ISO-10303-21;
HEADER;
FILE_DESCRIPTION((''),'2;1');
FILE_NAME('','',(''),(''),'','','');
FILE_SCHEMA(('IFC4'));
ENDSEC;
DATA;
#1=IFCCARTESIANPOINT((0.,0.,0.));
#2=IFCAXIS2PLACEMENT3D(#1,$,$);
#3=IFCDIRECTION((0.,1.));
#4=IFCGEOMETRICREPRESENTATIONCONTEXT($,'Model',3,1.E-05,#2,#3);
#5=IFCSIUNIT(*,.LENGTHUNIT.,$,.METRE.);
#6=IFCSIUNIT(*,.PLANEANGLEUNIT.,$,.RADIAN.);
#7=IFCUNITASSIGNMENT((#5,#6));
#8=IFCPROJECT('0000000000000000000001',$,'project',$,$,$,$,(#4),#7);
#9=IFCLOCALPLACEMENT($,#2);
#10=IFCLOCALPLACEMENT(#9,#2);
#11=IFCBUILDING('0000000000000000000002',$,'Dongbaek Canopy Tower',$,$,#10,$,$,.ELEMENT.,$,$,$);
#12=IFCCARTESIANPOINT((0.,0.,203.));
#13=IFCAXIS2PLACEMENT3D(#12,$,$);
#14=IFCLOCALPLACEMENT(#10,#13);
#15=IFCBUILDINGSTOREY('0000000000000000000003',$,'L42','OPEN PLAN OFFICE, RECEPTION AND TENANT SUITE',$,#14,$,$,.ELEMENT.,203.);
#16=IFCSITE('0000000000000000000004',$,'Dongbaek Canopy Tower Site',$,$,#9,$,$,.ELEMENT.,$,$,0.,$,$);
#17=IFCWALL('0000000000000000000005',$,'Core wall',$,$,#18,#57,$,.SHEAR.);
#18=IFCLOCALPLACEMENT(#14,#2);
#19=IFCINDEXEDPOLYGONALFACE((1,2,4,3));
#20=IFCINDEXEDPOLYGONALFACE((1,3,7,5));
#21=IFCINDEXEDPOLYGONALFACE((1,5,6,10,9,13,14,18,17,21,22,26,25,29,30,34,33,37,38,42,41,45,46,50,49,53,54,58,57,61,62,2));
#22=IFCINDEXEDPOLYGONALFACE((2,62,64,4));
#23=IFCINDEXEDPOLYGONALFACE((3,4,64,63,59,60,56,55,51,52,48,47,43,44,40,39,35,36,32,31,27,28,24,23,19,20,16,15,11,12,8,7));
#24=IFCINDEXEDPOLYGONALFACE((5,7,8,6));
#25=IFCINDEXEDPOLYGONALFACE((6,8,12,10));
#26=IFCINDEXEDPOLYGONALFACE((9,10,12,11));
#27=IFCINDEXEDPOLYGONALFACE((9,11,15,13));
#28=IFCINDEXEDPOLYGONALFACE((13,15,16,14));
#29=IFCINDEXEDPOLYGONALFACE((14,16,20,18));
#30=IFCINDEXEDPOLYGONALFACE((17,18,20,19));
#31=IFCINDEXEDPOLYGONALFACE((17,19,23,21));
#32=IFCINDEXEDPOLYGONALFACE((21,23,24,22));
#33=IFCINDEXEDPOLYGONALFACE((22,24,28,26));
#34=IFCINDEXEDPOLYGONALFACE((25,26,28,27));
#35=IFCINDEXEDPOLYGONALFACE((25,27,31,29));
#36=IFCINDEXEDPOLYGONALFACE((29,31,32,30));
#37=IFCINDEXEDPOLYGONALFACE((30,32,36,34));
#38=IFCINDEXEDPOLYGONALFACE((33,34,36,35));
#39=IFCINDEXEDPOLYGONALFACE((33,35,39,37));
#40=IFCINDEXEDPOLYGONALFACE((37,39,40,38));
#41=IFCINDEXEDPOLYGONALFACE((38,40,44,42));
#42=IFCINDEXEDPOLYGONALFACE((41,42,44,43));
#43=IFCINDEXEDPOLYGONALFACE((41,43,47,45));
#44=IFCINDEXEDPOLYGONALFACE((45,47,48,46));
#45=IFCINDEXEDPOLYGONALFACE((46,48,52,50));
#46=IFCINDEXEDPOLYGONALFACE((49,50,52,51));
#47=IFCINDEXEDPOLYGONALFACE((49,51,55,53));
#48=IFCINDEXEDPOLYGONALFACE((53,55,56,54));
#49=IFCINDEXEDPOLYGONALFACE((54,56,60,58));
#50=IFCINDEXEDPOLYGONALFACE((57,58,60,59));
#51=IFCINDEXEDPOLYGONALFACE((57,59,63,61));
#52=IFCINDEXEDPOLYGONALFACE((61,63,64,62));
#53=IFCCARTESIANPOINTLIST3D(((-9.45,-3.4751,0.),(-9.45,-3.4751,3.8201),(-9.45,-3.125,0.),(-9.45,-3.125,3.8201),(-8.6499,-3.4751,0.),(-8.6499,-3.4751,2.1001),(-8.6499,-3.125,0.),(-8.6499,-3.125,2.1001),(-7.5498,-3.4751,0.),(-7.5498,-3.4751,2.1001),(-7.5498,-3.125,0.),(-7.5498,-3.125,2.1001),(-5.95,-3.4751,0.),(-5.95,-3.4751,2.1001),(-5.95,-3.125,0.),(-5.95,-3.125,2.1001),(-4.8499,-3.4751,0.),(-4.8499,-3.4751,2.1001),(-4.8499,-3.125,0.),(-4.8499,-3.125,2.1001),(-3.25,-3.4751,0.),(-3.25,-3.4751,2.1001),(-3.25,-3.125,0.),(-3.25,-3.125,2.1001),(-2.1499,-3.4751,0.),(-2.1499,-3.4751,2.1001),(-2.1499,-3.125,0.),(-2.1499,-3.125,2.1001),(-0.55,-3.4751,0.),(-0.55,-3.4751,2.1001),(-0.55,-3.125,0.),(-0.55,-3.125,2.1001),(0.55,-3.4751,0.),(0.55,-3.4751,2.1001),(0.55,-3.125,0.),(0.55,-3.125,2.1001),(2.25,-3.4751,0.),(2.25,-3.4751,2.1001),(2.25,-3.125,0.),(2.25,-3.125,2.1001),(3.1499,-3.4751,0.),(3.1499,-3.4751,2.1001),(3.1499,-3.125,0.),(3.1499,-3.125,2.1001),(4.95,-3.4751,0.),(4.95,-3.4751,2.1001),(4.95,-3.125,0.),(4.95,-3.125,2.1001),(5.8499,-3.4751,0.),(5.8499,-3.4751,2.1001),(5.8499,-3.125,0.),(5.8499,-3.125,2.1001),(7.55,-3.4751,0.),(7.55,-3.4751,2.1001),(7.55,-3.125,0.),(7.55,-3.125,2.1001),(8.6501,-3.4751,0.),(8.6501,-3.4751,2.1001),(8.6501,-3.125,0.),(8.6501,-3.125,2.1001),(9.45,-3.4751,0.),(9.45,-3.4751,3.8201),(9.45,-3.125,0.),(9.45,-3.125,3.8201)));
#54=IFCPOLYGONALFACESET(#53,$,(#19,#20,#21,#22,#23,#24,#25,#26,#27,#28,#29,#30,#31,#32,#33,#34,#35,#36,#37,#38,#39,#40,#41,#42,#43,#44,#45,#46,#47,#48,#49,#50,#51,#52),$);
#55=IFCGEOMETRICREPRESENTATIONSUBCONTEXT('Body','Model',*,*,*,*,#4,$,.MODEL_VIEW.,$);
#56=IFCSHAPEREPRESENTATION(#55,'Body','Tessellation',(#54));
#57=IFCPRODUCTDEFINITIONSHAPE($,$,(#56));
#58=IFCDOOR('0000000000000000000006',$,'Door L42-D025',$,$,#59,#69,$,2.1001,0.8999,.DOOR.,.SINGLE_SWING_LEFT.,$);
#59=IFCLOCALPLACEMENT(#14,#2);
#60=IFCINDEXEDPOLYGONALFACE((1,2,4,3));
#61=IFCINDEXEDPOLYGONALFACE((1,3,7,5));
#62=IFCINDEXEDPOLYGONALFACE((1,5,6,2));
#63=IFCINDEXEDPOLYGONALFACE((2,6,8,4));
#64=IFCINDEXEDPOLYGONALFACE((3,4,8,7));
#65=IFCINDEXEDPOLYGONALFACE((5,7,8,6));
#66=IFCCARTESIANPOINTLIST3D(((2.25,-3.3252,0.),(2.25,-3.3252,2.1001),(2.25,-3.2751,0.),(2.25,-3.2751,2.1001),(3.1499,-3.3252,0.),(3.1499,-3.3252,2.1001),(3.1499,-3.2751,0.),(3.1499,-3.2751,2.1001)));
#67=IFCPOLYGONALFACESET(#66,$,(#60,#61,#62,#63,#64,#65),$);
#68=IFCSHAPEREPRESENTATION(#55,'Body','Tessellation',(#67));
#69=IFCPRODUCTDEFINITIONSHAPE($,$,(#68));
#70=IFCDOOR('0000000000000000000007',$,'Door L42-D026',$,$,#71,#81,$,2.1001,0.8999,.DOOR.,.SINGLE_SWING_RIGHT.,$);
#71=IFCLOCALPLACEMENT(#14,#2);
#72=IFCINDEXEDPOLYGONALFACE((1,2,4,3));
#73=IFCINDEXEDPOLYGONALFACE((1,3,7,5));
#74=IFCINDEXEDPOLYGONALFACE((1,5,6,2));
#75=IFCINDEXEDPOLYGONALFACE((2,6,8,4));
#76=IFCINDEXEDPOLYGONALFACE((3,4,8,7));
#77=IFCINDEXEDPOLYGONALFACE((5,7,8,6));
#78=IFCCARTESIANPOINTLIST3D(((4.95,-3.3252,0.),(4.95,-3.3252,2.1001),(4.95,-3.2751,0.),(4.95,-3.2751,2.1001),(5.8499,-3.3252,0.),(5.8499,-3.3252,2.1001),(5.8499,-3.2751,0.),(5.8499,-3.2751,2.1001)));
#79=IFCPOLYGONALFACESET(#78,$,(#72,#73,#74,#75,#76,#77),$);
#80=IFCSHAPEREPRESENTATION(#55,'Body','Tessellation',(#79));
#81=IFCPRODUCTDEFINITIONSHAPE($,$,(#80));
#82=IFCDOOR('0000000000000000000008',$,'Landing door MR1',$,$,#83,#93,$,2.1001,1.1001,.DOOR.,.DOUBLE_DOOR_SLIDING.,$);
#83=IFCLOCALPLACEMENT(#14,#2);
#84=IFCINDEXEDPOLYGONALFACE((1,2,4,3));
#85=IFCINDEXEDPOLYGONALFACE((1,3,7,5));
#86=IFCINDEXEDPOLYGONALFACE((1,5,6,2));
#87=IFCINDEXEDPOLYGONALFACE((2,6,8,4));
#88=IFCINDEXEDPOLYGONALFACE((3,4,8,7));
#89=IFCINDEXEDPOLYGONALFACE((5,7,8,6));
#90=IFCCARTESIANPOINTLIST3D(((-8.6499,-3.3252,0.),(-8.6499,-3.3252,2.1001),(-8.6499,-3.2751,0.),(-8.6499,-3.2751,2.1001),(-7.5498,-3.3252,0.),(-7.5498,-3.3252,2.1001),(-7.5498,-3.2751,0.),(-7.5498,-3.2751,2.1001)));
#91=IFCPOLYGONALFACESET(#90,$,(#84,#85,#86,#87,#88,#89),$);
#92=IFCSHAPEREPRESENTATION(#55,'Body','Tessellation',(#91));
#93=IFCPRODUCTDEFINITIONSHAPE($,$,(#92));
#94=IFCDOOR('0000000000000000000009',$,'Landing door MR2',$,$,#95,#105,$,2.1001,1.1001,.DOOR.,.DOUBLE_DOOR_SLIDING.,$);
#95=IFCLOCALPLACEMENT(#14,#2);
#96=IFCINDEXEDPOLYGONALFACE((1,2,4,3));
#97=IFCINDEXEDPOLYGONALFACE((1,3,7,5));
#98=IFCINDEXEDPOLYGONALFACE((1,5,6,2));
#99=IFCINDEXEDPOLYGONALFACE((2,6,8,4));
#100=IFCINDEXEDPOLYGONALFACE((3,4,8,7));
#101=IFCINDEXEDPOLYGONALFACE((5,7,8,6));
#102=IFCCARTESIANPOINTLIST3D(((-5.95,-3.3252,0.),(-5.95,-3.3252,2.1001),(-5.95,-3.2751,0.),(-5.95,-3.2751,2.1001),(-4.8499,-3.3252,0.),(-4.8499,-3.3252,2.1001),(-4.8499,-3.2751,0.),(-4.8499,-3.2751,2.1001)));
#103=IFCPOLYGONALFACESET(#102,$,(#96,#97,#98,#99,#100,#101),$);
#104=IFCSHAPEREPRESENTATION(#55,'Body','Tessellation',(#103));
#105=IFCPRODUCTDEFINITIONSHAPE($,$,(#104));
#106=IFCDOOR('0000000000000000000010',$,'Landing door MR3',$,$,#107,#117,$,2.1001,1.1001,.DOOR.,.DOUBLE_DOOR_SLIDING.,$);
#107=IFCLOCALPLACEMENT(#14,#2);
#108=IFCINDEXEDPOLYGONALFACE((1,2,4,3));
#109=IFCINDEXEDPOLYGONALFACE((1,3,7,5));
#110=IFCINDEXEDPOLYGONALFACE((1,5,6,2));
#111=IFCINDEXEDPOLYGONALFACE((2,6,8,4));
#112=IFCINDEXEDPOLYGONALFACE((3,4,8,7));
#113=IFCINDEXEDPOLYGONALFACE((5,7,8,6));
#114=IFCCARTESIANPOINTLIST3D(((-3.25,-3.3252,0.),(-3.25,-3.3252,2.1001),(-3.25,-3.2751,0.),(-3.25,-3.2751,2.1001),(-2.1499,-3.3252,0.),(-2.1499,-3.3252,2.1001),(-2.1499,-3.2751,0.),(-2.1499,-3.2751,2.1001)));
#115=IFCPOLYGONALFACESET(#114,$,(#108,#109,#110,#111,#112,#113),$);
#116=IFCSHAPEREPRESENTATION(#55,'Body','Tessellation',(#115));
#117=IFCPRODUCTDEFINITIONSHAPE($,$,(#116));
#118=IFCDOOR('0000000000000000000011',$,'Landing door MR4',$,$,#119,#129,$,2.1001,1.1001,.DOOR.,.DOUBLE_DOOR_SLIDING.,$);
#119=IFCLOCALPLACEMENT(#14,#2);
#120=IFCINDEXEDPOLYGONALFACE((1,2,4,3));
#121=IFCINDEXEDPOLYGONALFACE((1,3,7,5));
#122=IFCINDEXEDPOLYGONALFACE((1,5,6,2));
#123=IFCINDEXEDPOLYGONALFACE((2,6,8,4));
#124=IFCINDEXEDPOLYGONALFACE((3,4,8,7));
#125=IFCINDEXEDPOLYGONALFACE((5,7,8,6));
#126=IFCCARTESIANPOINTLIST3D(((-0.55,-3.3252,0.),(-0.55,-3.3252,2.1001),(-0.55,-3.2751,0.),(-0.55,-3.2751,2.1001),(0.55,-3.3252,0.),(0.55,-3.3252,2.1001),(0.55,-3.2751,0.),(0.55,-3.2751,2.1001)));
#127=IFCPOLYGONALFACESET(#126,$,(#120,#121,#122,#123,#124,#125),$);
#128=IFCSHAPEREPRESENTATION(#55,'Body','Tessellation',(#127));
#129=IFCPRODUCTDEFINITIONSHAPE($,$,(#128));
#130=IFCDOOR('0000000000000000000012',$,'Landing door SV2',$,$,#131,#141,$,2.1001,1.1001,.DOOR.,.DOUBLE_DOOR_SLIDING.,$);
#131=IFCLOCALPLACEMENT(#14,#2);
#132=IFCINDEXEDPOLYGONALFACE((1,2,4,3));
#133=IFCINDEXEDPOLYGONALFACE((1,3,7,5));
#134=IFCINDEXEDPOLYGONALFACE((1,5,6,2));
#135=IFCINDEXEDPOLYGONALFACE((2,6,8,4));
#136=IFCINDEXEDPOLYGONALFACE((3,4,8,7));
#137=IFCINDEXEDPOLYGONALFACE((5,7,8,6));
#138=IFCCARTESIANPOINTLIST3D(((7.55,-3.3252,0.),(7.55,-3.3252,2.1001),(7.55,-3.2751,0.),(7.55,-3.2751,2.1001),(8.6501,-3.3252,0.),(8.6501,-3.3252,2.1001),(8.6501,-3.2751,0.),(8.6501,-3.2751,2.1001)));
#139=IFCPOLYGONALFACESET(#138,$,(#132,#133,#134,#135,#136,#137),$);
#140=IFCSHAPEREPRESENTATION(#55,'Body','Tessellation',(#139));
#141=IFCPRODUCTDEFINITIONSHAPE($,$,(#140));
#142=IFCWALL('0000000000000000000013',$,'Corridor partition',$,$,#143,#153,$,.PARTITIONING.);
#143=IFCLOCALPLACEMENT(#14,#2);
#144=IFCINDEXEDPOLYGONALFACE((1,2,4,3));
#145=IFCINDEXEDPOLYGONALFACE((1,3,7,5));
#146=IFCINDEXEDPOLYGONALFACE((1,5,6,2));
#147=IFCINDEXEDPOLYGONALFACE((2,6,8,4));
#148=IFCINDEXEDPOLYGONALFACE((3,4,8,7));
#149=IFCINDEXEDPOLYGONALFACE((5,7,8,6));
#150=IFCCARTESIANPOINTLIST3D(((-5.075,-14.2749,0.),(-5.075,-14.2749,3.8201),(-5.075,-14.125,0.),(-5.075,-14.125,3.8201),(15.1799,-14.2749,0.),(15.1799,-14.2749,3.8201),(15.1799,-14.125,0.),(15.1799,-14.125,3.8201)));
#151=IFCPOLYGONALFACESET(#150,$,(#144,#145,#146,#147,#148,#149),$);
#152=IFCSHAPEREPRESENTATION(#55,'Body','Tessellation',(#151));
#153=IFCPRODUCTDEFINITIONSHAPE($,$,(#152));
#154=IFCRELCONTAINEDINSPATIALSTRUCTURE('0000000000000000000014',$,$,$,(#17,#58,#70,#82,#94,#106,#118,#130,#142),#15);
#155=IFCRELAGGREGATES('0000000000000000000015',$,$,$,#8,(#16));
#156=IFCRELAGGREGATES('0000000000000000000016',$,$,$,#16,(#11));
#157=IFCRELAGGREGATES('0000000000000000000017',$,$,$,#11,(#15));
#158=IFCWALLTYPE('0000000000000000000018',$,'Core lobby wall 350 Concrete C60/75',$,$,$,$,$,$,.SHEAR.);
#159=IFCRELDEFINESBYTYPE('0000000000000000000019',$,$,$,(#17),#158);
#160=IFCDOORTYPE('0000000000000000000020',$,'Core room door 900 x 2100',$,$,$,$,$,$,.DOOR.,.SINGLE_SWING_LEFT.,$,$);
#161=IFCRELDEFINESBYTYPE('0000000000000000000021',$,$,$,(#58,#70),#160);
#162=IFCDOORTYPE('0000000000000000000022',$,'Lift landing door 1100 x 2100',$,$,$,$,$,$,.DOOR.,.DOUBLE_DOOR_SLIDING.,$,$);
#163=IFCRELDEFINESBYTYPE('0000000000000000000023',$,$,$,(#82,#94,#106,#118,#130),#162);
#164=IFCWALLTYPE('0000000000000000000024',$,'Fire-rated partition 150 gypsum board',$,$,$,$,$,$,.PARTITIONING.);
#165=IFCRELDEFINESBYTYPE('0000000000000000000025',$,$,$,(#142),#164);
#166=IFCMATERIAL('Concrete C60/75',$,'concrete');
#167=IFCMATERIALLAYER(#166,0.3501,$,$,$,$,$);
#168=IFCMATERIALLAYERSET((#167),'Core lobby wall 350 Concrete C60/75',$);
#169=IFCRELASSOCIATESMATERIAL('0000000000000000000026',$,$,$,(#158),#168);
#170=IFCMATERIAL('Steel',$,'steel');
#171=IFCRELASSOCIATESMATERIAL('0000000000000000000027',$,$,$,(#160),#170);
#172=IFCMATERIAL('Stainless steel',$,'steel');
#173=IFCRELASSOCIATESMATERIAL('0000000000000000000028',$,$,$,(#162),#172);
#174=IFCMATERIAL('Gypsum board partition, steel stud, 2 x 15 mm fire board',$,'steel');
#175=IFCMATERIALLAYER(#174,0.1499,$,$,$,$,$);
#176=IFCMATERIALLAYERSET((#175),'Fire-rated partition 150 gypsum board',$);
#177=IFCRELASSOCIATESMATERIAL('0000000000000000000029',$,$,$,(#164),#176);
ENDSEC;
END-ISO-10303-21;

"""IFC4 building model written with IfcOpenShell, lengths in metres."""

from ifc_helpers import new_model, si_unit, direction, frame, frame_2d, origin, place, context, subcontext, project, spatial, rectangle, extrude, material, layer, layer_set, type_object, element, fill, save


model = new_model("IFC4")

# Units and contexts
model_context = context("Model", 3, precision=1e-05, world=origin(), true_north=direction((0.0, 1.0)))
body_context = subcontext(model_context, "Body", "Model", "MODEL_VIEW")
ifc_project = project(units=[si_unit("LENGTHUNIT", "METRE"), si_unit("PLANEANGLEUNIT", "RADIAN")], contexts=[model_context])

# Site, building, storey
site_placement = place(None, origin())
site = spatial("IfcSite", under=ifc_project, at=site_placement, Name="Dongbaek Canopy Tower Site", CompositionType="ELEMENT", RefElevation=0.0)
building_placement = place(site_placement, origin())
building = spatial("IfcBuilding", under=site, at=building_placement, Name="Dongbaek Canopy Tower", CompositionType="ELEMENT")
storey_placement = place(building_placement, frame((0.0, 0.0, 203.0)))
storey = spatial("IfcBuildingStorey", under=building, at=storey_placement, Name="L42", Description="OPEN PLAN OFFICE, RECEPTION AND TENANT SUITE", CompositionType="ELEMENT", Elevation=203.0)

# Wall, openings, doors
ifc_material_1 = material(Name="Concrete C60/75", Category="concrete")
ifc_layer_1 = layer(ifc_material_1, 0.3501)
ifc_layer_set_1 = layer_set([ifc_layer_1], Name="Core lobby wall 350 Concrete C60/75")
wall_type_1 = type_object("IfcWallType", Name="Core lobby wall 350 Concrete C60/75", PredefinedType="SHEAR", material=ifc_layer_set_1)
wall_1_placement = place(storey_placement, frame((-9.45, -3.3, 0.0), z_axis=(0.0, 0.0, 1.0), x_axis=(1.0, 0.0, 0.0)))
wall_1 = element("IfcWall", 1, at=wall_1_placement, inside=storey, type_object=wall_type_1, Name="Core wall", PredefinedType="SHEAR", context=body_context, shape_type="SweptSolid", body=[
    extrude(rectangle(XDim=18.8999, YDim=0.3501, at=frame_2d((9.45, 0.0))), origin(), (0.0, 0.0, 1.0), 3.8201),
])
opening_1_placement = place(wall_1_placement, frame((0.8, 0.0, 0.0)))
opening_1 = element("IfcOpeningElement", 2, at=opening_1_placement, cuts=wall_1, PredefinedType="OPENING", context=body_context, shape_type="SweptSolid", body=[
    extrude(rectangle(XDim=1.1001, YDim=2.1001, at=frame_2d((0.55, 1.05))), frame((0.0, 0.1851, 0.0), z_axis=(0.0, -1.0, 0.0), x_axis=(1.0, 0.0, 0.0)), (0.0, 0.0, 1.0), 0.3701),
])
opening_2_placement = place(wall_1_placement, frame((3.5, 0.0, 0.0)))
opening_2 = element("IfcOpeningElement", 3, at=opening_2_placement, cuts=wall_1, PredefinedType="OPENING", context=body_context, shape_type="SweptSolid", body=[
    extrude(rectangle(XDim=1.1001, YDim=2.1001, at=frame_2d((0.55, 1.05))), frame((0.0, 0.1851, 0.0), z_axis=(0.0, -1.0, 0.0), x_axis=(1.0, 0.0, 0.0)), (0.0, 0.0, 1.0), 0.3701),
])
opening_3_placement = place(wall_1_placement, frame((6.2, 0.0, 0.0)))
opening_3 = element("IfcOpeningElement", 4, at=opening_3_placement, cuts=wall_1, PredefinedType="OPENING", context=body_context, shape_type="SweptSolid", body=[
    extrude(rectangle(XDim=1.1001, YDim=2.1001, at=frame_2d((0.55, 1.05))), frame((0.0, 0.1851, 0.0), z_axis=(0.0, -1.0, 0.0), x_axis=(1.0, 0.0, 0.0)), (0.0, 0.0, 1.0), 0.3701),
])
opening_4_placement = place(wall_1_placement, frame((8.8999, 0.0, 0.0)))
opening_4 = element("IfcOpeningElement", 5, at=opening_4_placement, cuts=wall_1, PredefinedType="OPENING", context=body_context, shape_type="SweptSolid", body=[
    extrude(rectangle(XDim=1.1001, YDim=2.1001, at=frame_2d((0.55, 1.05))), frame((0.0, 0.1851, 0.0), z_axis=(0.0, -1.0, 0.0), x_axis=(1.0, 0.0, 0.0)), (0.0, 0.0, 1.0), 0.3701),
])
opening_5_placement = place(wall_1_placement, frame((17.0, 0.0, 0.0)))
opening_5 = element("IfcOpeningElement", 6, at=opening_5_placement, cuts=wall_1, PredefinedType="OPENING", context=body_context, shape_type="SweptSolid", body=[
    extrude(rectangle(XDim=1.1001, YDim=2.1001, at=frame_2d((0.55, 1.05))), frame((0.0, 0.1851, 0.0), z_axis=(0.0, -1.0, 0.0), x_axis=(1.0, 0.0, 0.0)), (0.0, 0.0, 1.0), 0.3701),
])
opening_6_placement = place(wall_1_placement, frame((11.7, 0.0, 0.0)))
opening_6 = element("IfcOpeningElement", 7, at=opening_6_placement, cuts=wall_1, PredefinedType="OPENING", context=body_context, shape_type="SweptSolid", body=[
    extrude(rectangle(XDim=0.8999, YDim=2.1001, at=frame_2d((0.45, 1.05))), frame((0.0, 0.1851, 0.0), z_axis=(0.0, -1.0, 0.0), x_axis=(1.0, 0.0, 0.0)), (0.0, 0.0, 1.0), 0.3701),
])
opening_7_placement = place(wall_1_placement, frame((14.3999, 0.0, 0.0)))
opening_7 = element("IfcOpeningElement", 8, at=opening_7_placement, cuts=wall_1, PredefinedType="OPENING", context=body_context, shape_type="SweptSolid", body=[
    extrude(rectangle(XDim=0.8999, YDim=2.1001, at=frame_2d((0.45, 1.05))), frame((0.0, 0.1851, 0.0), z_axis=(0.0, -1.0, 0.0), x_axis=(1.0, 0.0, 0.0)), (0.0, 0.0, 1.0), 0.3701),
])
ifc_material_2 = material(Name="Steel", Category="steel")
door_type_1 = type_object("IfcDoorType", Name="Core room door 900 x 2100", OperationType="SINGLE_SWING_LEFT", PredefinedType="DOOR", material=ifc_material_2)
door_1_placement = place(opening_6_placement, origin())
door_1 = element("IfcDoor", 9, at=door_1_placement, inside=storey, type_object=door_type_1, Name="Door L42-D025", OperationType="SINGLE_SWING_LEFT", OverallHeight=2.1001, OverallWidth=0.8999, PredefinedType="DOOR", context=body_context, shape_type="SweptSolid", body=[
    extrude(rectangle(XDim=0.8999, YDim=2.1001, at=frame_2d((0.45, 1.05))), frame((0.0, 0.0249, 0.0), z_axis=(0.0, -1.0, 0.0), x_axis=(1.0, 0.0, 0.0)), (0.0, 0.0, 1.0), 0.05),
])
fill(opening_6, door_1)
door_2_placement = place(opening_7_placement, origin())
door_2 = element("IfcDoor", 10, at=door_2_placement, inside=storey, type_object=door_type_1, Name="Door L42-D026", OperationType="SINGLE_SWING_RIGHT", OverallHeight=2.1001, OverallWidth=0.8999, PredefinedType="DOOR", context=body_context, shape_type="SweptSolid", body=[
    extrude(rectangle(XDim=0.8999, YDim=2.1001, at=frame_2d((0.45, 1.05))), frame((0.0, 0.0249, 0.0), z_axis=(0.0, -1.0, 0.0), x_axis=(1.0, 0.0, 0.0)), (0.0, 0.0, 1.0), 0.05),
])
fill(opening_7, door_2)
ifc_material_3 = material(Name="Stainless steel", Category="steel")
door_type_2 = type_object("IfcDoorType", Name="Lift landing door 1100 x 2100", OperationType="DOUBLE_DOOR_SLIDING", PredefinedType="DOOR", material=ifc_material_3)
door_3_placement = place(opening_1_placement, origin())
door_3 = element("IfcDoor", 11, at=door_3_placement, inside=storey, type_object=door_type_2, Name="Landing door MR1", OperationType="DOUBLE_DOOR_SLIDING", OverallHeight=2.1001, OverallWidth=1.1001, PredefinedType="DOOR", context=body_context, shape_type="SweptSolid", body=[
    extrude(rectangle(XDim=1.1001, YDim=2.1001, at=frame_2d((0.55, 1.05))), frame((0.0, 0.0249, 0.0), z_axis=(0.0, -1.0, 0.0), x_axis=(1.0, 0.0, 0.0)), (0.0, 0.0, 1.0), 0.05),
])
fill(opening_1, door_3)
door_4_placement = place(opening_2_placement, origin())
door_4 = element("IfcDoor", 12, at=door_4_placement, inside=storey, type_object=door_type_2, Name="Landing door MR2", OperationType="DOUBLE_DOOR_SLIDING", OverallHeight=2.1001, OverallWidth=1.1001, PredefinedType="DOOR", context=body_context, shape_type="SweptSolid", body=[
    extrude(rectangle(XDim=1.1001, YDim=2.1001, at=frame_2d((0.55, 1.05))), frame((0.0, 0.0249, 0.0), z_axis=(0.0, -1.0, 0.0), x_axis=(1.0, 0.0, 0.0)), (0.0, 0.0, 1.0), 0.05),
])
fill(opening_2, door_4)
door_5_placement = place(opening_3_placement, origin())
door_5 = element("IfcDoor", 13, at=door_5_placement, inside=storey, type_object=door_type_2, Name="Landing door MR3", OperationType="DOUBLE_DOOR_SLIDING", OverallHeight=2.1001, OverallWidth=1.1001, PredefinedType="DOOR", context=body_context, shape_type="SweptSolid", body=[
    extrude(rectangle(XDim=1.1001, YDim=2.1001, at=frame_2d((0.55, 1.05))), frame((0.0, 0.0249, 0.0), z_axis=(0.0, -1.0, 0.0), x_axis=(1.0, 0.0, 0.0)), (0.0, 0.0, 1.0), 0.05),
])
fill(opening_3, door_5)
door_6_placement = place(opening_4_placement, origin())
door_6 = element("IfcDoor", 14, at=door_6_placement, inside=storey, type_object=door_type_2, Name="Landing door MR4", OperationType="DOUBLE_DOOR_SLIDING", OverallHeight=2.1001, OverallWidth=1.1001, PredefinedType="DOOR", context=body_context, shape_type="SweptSolid", body=[
    extrude(rectangle(XDim=1.1001, YDim=2.1001, at=frame_2d((0.55, 1.05))), frame((0.0, 0.0249, 0.0), z_axis=(0.0, -1.0, 0.0), x_axis=(1.0, 0.0, 0.0)), (0.0, 0.0, 1.0), 0.05),
])
fill(opening_4, door_6)
door_7_placement = place(opening_5_placement, origin())
door_7 = element("IfcDoor", 15, at=door_7_placement, inside=storey, type_object=door_type_2, Name="Landing door SV2", OperationType="DOUBLE_DOOR_SLIDING", OverallHeight=2.1001, OverallWidth=1.1001, PredefinedType="DOOR", context=body_context, shape_type="SweptSolid", body=[
    extrude(rectangle(XDim=1.1001, YDim=2.1001, at=frame_2d((0.55, 1.05))), frame((0.0, 0.0249, 0.0), z_axis=(0.0, -1.0, 0.0), x_axis=(1.0, 0.0, 0.0)), (0.0, 0.0, 1.0), 0.05),
])
fill(opening_5, door_7)

# Wall
ifc_material_4 = material(Name="Gypsum board partition, steel stud, 2 x 15 mm fire board", Category="steel")
ifc_layer_2 = layer(ifc_material_4, 0.1499)
ifc_layer_set_2 = layer_set([ifc_layer_2], Name="Fire-rated partition 150 gypsum board")
wall_type_2 = type_object("IfcWallType", Name="Fire-rated partition 150 gypsum board", PredefinedType="PARTITIONING", material=ifc_layer_set_2)
wall_2_placement = place(storey_placement, frame((-5.075, -14.2, 0.0), z_axis=(0.0, 0.0, 1.0), x_axis=(1.0, 0.0, 0.0)))
element("IfcWall", 16, at=wall_2_placement, inside=storey, type_object=wall_type_2, Name="Corridor partition", PredefinedType="PARTITIONING", context=body_context, shape_type="SweptSolid", body=[
    extrude(rectangle(XDim=20.2549, YDim=0.1499, at=frame_2d((10.1274, 0.0))), origin(), (0.0, 0.0, 1.0), 3.8201),
])

save(model, "model.ifc")
